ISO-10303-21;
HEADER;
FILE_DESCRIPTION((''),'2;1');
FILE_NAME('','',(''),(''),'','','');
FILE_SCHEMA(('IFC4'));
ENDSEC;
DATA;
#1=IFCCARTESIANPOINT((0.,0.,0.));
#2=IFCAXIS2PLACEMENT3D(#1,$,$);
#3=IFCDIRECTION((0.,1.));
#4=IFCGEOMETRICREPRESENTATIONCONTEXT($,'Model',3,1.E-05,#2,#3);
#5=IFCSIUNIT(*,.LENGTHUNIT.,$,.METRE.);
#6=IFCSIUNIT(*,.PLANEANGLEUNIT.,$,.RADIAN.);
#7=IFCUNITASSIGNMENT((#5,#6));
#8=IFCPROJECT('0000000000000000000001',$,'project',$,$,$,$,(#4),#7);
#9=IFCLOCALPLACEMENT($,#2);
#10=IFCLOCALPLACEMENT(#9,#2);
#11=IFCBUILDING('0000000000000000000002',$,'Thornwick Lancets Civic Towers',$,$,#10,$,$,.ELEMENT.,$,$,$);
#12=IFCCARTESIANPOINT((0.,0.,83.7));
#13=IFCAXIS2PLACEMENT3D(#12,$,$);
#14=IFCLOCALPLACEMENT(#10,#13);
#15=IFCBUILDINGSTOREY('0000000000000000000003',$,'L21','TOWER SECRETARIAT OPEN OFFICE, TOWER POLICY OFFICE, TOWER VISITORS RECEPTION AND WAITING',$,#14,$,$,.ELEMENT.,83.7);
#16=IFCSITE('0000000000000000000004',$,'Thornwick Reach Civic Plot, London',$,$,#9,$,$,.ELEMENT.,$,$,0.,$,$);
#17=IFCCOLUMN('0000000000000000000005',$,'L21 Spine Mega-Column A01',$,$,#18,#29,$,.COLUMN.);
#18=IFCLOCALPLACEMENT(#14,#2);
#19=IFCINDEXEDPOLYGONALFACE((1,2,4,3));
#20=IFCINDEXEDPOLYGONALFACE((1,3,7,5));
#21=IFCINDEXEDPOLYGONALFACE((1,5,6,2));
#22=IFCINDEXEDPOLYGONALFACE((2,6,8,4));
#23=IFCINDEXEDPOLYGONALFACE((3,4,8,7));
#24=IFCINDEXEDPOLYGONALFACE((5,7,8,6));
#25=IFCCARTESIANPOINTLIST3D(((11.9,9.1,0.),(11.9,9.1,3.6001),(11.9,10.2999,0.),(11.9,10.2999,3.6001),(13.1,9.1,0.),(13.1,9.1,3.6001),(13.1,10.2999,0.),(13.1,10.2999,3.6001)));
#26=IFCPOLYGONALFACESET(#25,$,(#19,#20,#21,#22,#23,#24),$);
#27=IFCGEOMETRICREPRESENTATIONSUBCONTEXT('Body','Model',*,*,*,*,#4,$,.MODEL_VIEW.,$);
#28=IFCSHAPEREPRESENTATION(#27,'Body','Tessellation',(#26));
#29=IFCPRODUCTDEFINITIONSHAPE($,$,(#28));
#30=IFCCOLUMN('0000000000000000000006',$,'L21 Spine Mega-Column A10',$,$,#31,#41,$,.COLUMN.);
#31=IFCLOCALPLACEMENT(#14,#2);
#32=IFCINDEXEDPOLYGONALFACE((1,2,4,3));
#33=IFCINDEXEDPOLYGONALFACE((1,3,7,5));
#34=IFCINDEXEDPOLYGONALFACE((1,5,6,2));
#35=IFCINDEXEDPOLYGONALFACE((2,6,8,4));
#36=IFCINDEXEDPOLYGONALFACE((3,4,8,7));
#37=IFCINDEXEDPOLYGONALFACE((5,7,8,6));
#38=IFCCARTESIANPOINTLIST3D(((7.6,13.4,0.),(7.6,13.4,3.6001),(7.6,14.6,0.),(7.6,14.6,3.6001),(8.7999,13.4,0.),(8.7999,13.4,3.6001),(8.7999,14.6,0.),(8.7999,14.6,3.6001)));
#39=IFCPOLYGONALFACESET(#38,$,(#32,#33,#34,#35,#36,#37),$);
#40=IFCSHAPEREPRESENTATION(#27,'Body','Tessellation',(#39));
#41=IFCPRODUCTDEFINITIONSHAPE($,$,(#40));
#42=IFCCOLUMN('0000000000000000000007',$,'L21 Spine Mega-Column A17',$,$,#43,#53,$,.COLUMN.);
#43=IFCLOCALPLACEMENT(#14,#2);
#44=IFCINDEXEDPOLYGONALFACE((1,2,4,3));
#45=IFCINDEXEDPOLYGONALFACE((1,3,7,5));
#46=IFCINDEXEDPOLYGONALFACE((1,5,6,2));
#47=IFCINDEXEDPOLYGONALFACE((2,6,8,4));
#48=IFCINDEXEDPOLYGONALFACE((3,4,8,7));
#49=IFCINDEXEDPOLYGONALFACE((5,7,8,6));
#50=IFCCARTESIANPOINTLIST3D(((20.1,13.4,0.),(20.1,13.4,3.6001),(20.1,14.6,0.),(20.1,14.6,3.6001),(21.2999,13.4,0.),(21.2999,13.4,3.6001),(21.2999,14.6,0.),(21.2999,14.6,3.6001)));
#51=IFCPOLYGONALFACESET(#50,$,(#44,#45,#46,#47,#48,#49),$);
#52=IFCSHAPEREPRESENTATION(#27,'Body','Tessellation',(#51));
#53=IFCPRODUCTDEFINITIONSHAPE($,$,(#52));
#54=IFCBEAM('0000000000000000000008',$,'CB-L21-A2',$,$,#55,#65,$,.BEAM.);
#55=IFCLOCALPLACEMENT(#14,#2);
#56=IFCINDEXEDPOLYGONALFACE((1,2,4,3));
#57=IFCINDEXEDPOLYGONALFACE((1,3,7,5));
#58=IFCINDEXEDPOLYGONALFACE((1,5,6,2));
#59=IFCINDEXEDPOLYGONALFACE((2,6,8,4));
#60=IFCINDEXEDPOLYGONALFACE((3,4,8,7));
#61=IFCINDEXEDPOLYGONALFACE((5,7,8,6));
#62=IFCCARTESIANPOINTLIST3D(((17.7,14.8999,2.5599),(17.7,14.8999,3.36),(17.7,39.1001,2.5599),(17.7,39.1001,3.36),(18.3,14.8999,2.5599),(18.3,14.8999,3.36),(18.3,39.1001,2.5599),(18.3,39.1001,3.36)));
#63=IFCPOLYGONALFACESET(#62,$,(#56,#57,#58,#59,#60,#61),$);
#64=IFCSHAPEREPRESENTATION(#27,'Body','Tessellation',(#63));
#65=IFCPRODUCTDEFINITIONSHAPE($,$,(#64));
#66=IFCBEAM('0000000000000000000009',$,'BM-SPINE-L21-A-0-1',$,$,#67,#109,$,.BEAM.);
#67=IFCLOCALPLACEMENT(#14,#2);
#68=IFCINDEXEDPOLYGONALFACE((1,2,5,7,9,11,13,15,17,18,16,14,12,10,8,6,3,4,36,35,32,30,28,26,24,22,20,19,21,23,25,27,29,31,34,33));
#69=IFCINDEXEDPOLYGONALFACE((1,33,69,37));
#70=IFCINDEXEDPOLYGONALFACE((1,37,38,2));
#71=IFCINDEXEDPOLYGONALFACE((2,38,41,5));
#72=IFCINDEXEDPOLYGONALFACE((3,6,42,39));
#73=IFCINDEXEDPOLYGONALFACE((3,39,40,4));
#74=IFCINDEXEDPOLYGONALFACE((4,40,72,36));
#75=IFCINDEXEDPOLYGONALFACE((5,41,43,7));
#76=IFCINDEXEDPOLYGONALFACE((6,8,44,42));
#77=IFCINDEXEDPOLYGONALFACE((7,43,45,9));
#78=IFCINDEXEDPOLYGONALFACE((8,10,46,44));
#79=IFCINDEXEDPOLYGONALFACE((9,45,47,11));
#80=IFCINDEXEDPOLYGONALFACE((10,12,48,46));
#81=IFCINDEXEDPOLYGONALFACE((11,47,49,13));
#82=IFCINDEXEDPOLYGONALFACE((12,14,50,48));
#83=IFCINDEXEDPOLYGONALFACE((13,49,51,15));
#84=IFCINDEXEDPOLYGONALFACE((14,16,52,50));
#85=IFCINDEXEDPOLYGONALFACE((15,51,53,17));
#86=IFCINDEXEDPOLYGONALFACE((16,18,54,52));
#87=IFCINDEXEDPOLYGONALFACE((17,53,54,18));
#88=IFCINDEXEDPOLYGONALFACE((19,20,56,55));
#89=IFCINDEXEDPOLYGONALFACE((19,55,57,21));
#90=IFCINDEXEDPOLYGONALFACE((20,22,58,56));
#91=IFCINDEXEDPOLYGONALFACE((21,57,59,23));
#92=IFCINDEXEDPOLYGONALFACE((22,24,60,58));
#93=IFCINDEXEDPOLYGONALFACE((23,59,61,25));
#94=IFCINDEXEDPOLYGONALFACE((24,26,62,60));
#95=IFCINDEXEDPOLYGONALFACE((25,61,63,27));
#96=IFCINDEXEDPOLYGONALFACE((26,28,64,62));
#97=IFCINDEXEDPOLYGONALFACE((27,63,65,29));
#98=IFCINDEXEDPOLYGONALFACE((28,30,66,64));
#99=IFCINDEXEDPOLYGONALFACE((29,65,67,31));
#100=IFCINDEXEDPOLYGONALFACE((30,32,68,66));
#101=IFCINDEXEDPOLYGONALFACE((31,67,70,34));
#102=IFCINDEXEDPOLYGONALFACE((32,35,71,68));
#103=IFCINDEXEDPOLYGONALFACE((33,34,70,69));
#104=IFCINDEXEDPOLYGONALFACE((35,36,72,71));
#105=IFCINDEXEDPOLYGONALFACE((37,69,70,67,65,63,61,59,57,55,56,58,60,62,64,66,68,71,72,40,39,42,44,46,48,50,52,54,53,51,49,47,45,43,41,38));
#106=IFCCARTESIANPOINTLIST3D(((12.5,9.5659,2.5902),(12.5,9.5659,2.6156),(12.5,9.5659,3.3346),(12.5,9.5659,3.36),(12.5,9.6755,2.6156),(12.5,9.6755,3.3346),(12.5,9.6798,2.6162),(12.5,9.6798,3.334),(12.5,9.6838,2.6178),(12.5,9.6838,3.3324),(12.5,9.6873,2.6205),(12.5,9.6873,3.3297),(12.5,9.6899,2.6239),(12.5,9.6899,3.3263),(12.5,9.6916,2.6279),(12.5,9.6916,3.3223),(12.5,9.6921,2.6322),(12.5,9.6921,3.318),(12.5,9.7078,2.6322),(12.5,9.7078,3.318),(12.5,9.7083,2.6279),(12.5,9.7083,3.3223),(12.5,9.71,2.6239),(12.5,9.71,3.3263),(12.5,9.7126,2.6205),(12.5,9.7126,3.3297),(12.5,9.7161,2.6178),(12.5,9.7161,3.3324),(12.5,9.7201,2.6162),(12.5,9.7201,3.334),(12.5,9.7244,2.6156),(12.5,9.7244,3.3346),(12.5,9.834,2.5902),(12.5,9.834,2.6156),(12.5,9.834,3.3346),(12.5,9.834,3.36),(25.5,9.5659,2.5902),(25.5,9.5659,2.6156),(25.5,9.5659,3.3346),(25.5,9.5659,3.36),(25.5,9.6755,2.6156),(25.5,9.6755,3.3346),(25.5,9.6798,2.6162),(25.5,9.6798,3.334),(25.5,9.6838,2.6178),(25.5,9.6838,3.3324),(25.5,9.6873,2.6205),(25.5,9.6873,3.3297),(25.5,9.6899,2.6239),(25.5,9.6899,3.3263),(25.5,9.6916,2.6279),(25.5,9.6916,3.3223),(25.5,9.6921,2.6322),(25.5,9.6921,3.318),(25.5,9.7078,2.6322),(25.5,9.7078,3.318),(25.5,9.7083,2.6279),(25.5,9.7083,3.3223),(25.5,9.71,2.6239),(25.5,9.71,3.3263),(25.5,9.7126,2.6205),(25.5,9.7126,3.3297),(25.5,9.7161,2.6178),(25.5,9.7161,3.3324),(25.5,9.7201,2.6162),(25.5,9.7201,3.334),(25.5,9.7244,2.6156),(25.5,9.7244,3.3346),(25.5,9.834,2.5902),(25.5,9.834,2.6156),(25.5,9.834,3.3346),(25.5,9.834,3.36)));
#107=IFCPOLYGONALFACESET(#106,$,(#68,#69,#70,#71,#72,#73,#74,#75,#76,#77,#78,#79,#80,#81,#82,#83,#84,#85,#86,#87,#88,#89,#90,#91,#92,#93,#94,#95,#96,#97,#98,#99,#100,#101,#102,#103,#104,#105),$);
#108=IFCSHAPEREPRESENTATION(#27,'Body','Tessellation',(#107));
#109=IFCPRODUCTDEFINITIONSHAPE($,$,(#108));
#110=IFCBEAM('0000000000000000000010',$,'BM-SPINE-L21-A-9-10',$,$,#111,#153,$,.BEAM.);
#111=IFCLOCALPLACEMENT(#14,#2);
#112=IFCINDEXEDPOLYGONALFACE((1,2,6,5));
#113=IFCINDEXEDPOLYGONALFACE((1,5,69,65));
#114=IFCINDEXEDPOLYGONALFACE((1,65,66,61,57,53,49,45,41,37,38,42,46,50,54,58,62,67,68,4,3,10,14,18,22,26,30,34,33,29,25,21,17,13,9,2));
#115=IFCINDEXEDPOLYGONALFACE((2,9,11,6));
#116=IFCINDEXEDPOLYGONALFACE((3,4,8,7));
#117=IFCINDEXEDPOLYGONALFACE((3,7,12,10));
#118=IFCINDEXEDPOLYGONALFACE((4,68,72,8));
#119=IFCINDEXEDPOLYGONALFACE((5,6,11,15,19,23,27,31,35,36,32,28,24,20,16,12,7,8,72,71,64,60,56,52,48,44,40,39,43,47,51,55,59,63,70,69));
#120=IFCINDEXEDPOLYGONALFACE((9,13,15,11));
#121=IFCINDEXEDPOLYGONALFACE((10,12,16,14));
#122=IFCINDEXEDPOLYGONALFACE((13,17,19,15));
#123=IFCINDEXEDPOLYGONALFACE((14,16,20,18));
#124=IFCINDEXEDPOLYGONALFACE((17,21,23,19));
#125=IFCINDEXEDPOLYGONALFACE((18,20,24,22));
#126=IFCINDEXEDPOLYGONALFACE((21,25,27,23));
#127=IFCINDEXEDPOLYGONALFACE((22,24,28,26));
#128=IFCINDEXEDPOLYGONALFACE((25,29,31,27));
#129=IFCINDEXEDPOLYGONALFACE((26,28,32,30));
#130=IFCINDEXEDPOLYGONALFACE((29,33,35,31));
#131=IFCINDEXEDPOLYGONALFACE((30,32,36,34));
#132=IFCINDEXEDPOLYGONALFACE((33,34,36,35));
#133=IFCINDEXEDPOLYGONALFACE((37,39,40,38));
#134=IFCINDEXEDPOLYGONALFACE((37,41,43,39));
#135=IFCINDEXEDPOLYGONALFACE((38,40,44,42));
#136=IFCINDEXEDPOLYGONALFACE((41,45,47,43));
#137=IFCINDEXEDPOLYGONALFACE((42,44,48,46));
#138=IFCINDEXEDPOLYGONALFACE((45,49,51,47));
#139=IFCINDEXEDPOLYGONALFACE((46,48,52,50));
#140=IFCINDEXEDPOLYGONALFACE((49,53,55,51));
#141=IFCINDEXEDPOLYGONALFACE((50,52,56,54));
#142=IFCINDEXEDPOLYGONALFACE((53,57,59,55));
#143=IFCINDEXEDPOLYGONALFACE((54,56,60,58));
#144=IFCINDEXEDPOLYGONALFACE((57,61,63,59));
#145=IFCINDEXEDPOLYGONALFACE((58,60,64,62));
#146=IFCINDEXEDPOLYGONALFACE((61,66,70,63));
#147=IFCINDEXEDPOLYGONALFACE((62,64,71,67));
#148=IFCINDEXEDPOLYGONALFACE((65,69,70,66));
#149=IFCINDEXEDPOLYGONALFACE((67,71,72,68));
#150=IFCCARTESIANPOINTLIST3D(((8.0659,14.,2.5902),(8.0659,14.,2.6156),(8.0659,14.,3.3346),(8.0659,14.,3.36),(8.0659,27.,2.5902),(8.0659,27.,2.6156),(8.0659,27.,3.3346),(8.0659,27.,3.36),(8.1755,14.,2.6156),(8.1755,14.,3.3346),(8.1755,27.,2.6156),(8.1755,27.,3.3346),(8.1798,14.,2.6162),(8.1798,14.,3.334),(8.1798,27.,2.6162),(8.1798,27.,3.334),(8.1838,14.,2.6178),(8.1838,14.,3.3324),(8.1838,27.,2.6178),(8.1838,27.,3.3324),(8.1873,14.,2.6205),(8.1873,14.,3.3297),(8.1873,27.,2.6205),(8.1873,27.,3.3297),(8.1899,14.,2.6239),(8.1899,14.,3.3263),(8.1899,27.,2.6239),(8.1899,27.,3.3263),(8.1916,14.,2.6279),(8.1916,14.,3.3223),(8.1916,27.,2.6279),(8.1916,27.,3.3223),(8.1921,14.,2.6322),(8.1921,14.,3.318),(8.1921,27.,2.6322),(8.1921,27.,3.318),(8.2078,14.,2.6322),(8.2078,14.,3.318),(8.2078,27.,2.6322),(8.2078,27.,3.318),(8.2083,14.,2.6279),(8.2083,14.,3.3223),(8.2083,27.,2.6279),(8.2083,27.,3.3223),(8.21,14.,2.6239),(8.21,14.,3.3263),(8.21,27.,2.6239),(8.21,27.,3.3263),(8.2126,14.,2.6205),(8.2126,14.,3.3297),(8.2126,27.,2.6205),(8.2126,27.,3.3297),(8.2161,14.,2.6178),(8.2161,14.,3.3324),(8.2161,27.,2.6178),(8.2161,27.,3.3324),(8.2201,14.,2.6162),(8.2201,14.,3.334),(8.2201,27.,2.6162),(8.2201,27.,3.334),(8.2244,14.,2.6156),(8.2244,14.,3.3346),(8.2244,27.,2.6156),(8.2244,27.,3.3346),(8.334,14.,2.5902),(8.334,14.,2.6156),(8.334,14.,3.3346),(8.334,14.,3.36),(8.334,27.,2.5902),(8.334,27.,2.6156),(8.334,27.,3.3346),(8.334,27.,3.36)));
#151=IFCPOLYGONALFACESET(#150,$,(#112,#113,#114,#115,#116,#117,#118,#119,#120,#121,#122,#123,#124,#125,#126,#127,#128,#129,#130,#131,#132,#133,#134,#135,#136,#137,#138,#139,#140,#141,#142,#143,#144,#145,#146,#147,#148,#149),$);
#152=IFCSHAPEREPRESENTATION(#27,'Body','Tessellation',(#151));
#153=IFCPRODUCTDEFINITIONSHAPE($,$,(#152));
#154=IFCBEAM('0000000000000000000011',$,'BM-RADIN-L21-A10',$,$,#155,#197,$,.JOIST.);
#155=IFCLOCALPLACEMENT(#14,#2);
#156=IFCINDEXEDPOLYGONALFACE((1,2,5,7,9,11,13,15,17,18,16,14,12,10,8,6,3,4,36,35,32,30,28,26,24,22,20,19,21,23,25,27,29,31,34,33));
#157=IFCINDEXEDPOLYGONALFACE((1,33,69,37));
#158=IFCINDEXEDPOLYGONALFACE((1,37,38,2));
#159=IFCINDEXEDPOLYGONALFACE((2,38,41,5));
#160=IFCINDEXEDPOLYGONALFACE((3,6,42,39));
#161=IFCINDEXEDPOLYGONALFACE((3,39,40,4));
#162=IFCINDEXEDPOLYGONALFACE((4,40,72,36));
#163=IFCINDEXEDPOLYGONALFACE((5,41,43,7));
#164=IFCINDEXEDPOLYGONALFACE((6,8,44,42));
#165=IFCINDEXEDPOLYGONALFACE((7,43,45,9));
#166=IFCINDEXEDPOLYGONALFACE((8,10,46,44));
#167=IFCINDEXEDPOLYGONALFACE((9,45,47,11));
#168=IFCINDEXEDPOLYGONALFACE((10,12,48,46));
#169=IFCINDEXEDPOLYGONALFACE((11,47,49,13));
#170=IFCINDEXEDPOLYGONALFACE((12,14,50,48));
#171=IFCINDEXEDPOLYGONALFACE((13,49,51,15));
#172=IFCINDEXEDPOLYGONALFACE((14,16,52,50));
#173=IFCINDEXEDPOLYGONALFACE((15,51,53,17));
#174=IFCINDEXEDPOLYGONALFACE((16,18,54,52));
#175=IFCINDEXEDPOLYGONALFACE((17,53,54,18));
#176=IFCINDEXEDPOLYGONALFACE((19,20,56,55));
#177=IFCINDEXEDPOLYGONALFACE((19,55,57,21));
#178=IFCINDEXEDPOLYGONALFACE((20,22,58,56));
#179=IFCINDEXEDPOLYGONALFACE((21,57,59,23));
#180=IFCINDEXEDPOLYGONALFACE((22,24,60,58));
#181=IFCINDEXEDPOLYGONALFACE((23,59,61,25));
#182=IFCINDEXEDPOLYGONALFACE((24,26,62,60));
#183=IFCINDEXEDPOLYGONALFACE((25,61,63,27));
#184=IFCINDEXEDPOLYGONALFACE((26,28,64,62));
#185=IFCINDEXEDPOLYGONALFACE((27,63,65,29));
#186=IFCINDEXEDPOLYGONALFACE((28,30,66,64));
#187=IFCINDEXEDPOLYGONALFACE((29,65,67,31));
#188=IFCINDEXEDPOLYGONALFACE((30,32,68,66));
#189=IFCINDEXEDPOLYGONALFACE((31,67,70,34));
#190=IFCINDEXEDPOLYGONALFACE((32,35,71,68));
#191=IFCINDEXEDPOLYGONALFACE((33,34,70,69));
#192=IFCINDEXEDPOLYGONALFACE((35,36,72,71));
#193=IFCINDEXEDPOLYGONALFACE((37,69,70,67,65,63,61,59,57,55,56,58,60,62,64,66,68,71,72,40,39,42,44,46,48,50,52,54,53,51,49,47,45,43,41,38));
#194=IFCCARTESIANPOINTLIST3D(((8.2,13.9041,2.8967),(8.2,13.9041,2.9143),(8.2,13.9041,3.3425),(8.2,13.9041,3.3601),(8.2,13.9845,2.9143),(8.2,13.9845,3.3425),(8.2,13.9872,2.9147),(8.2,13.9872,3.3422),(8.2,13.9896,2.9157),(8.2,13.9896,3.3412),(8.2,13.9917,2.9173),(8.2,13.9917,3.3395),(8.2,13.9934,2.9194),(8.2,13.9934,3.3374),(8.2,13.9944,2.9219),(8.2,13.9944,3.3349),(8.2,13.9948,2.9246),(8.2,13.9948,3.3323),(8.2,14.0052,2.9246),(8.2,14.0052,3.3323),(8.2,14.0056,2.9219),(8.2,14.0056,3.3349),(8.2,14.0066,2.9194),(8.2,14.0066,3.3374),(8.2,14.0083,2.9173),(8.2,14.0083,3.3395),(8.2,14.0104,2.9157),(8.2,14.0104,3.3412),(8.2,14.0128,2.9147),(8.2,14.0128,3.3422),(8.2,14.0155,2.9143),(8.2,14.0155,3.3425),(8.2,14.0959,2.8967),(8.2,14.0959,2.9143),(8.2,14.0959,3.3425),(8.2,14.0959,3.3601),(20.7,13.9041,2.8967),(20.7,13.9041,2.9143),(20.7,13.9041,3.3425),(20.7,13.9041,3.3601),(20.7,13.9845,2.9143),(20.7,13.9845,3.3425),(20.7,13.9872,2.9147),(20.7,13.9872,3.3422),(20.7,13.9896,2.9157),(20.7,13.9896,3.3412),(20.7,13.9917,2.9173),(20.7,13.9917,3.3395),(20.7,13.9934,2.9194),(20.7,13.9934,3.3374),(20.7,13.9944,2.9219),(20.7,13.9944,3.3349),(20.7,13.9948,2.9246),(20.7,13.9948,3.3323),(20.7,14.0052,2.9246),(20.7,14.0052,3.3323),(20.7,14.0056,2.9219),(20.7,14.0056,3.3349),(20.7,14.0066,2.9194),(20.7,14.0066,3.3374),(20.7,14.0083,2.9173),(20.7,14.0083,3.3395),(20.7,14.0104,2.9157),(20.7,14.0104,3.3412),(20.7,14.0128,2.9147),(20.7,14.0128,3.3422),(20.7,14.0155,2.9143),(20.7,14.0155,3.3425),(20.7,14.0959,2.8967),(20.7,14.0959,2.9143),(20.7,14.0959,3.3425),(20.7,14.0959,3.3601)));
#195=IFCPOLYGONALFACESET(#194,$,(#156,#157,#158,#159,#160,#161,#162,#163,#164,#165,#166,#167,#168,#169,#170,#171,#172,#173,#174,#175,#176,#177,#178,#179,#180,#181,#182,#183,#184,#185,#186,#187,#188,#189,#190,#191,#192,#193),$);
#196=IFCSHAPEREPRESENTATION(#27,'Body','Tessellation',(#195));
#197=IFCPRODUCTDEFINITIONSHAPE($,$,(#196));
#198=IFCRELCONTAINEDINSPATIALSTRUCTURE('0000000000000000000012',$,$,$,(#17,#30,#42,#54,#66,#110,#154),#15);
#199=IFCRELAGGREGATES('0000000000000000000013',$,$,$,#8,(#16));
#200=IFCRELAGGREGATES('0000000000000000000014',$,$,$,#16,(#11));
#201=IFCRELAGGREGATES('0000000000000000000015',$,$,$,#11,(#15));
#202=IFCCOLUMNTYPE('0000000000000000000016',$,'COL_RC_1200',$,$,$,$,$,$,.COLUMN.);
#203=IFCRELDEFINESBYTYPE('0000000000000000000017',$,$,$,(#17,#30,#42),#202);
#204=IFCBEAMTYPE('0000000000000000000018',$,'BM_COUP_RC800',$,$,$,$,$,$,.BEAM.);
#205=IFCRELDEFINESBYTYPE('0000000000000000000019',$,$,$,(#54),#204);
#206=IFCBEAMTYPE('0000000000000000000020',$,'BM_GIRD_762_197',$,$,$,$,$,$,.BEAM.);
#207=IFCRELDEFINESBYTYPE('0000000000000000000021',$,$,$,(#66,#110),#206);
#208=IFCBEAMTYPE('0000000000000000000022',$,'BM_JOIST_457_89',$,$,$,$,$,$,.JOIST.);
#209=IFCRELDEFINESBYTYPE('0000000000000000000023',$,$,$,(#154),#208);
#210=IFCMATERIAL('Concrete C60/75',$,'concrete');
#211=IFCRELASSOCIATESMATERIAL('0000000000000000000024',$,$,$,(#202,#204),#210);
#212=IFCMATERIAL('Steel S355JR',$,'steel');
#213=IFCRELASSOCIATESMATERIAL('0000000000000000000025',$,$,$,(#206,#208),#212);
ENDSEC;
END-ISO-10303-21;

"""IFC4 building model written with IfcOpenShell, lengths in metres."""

from ifc_helpers import new_model, si_unit, direction, frame, origin, origin_2d, place, context, subcontext, project, spatial, rectangle, i_section, extrude, material, material_profile, profile_set, type_object, element, save


model = new_model("IFC4")

# Units and contexts
model_context = context("Model", 3, precision=1e-05, world=origin(), true_north=direction((0.0, 1.0)))
body_context = subcontext(model_context, "Body", "Model", "MODEL_VIEW")
ifc_project = project(units=[si_unit("LENGTHUNIT", "METRE"), si_unit("PLANEANGLEUNIT", "RADIAN")], contexts=[model_context])

# Site, building, storey
site_placement = place(None, origin())
site = spatial("IfcSite", under=ifc_project, at=site_placement, Name="Thornwick Reach Civic Plot, London", CompositionType="ELEMENT", RefElevation=0.0)
building_placement = place(site_placement, origin())
building = spatial("IfcBuilding", under=site, at=building_placement, Name="Thornwick Lancets Civic Towers", CompositionType="ELEMENT")
storey_placement = place(building_placement, frame((0.0, 0.0, 83.7)))
storey = spatial("IfcBuildingStorey", under=building, at=storey_placement, Name="L21", Description="TOWER SECRETARIAT OPEN OFFICE, TOWER POLICY OFFICE, TOWER VISITORS RECEPTION AND WAITING", CompositionType="ELEMENT", Elevation=83.7)

# Columns
ifc_material_1 = material(Name="Concrete C60/75", Category="concrete")
ifc_material_profile_1 = material_profile(ifc_material_1, rectangle(XDim=1.2, YDim=1.2, at=origin_2d()), Name="RC 1200x1200")
ifc_profile_set_1 = profile_set([ifc_material_profile_1], Name="Concrete C60/75")
column_type = type_object("IfcColumnType", Name="COL_RC_1200", PredefinedType="COLUMN", material=ifc_profile_set_1)
for number, where, z_axis, x_axis, name in (
    (1, (12.5, 9.7, 0.0), (0.0, 0.0, 1.0), (1.0, 0.0, 0.0), "L21 Spine Mega-Column A01"),
    (2, (8.2, 14.0, 0.0), (0.0, 0.0, 1.0), (1.0, 0.0, 0.0), "L21 Spine Mega-Column A10"),
    (3, (20.7, 14.0, 0.0), (0.0, 0.0, 1.0), (1.0, 0.0, 0.0), "L21 Spine Mega-Column A17"),
):
    element("IfcColumn", number, at=place(storey_placement, frame(where, z_axis=z_axis, x_axis=x_axis)), inside=storey, type_object=column_type, Name=name, PredefinedType="COLUMN", context=body_context, shape_type="SweptSolid", body=[
        extrude(rectangle(XDim=1.2, YDim=1.2, at=origin_2d()), origin(), (0.0, 0.0, 1.0), 3.6001),
    ])

# Beams
ifc_material_profile_2 = material_profile(ifc_material_1, rectangle(XDim=0.6001, YDim=0.8, at=origin_2d()), Name="RC 600x800")
ifc_profile_set_2 = profile_set([ifc_material_profile_2], Name="Concrete C60/75")
beam_type_1 = type_object("IfcBeamType", Name="BM_COUP_RC800", PredefinedType="BEAM", material=ifc_profile_set_2)
beam_1_placement = place(storey_placement, frame((18.0, 14.8999, 2.96), z_axis=(0.0, 1.0, 0.0), x_axis=(-1.0, 0.0, 0.0)))
element("IfcBeam", 4, at=beam_1_placement, inside=storey, type_object=beam_type_1, Name="CB-L21-A2", PredefinedType="BEAM", context=body_context, shape_type="SweptSolid", body=[
    extrude(rectangle(XDim=0.6001, YDim=0.8, at=origin_2d()), origin(), (0.0, 0.0, 1.0), 24.2002),
])
ifc_material_2 = material(Name="Steel S355JR", Category="steel")
ifc_material_profile_3 = material_profile(ifc_material_2, i_section(OverallWidth=0.2681, OverallDepth=0.7698, WebThickness=0.0156, FlangeThickness=0.0254, FilletRadius=0.0166, at=origin_2d()), Name="UKB 762x267x197")
ifc_profile_set_3 = profile_set([ifc_material_profile_3], Name="Steel S355JR")
beam_type_2 = type_object("IfcBeamType", Name="BM_GIRD_762_197", PredefinedType="BEAM", material=ifc_profile_set_3)
for number, where, z_axis, x_axis, name in (
    (5, (12.5, 9.7, 2.9751), (1.0, 0.0, 0.0), (0.0, 1.0, 0.0), "BM-SPINE-L21-A-0-1"),
    (6, (8.2, 14.0, 2.9751), (0.0, 1.0, 0.0), (-1.0, 0.0, 0.0), "BM-SPINE-L21-A-9-10"),
):
    element("IfcBeam", number, at=place(storey_placement, frame(where, z_axis=z_axis, x_axis=x_axis)), inside=storey, type_object=beam_type_2, Name=name, PredefinedType="BEAM", context=body_context, shape_type="SweptSolid", body=[
        extrude(i_section(OverallWidth=0.2681, OverallDepth=0.7698, WebThickness=0.0156, FlangeThickness=0.0254, FilletRadius=0.0166, at=origin_2d()), origin(), (0.0, 0.0, 1.0), 13.0),
    ])
ifc_material_profile_4 = material_profile(ifc_material_2, i_section(OverallWidth=0.1919, OverallDepth=0.4634, WebThickness=0.0105, FlangeThickness=0.0176, FilletRadius=0.0103, at=origin_2d()), Name="UKB 457x191x89")
ifc_profile_set_4 = profile_set([ifc_material_profile_4], Name="Steel S355JR")
beam_type_3 = type_object("IfcBeamType", Name="BM_JOIST_457_89", PredefinedType="JOIST", material=ifc_profile_set_4)
beam_2_placement = place(storey_placement, frame((20.7, 14.0, 3.1284), z_axis=(-1.0, 0.0, 0.0), x_axis=(0.0, -1.0, 0.0)))
element("IfcBeam", 7, at=beam_2_placement, inside=storey, type_object=beam_type_3, Name="BM-RADIN-L21-A10", PredefinedType="JOIST", context=body_context, shape_type="SweptSolid", body=[
    extrude(i_section(OverallWidth=0.1919, OverallDepth=0.4634, WebThickness=0.0105, FlangeThickness=0.0176, FilletRadius=0.0103, at=origin_2d()), origin(), (0.0, 0.0, 1.0), 12.5),
])

save(model, "model.ifc")
